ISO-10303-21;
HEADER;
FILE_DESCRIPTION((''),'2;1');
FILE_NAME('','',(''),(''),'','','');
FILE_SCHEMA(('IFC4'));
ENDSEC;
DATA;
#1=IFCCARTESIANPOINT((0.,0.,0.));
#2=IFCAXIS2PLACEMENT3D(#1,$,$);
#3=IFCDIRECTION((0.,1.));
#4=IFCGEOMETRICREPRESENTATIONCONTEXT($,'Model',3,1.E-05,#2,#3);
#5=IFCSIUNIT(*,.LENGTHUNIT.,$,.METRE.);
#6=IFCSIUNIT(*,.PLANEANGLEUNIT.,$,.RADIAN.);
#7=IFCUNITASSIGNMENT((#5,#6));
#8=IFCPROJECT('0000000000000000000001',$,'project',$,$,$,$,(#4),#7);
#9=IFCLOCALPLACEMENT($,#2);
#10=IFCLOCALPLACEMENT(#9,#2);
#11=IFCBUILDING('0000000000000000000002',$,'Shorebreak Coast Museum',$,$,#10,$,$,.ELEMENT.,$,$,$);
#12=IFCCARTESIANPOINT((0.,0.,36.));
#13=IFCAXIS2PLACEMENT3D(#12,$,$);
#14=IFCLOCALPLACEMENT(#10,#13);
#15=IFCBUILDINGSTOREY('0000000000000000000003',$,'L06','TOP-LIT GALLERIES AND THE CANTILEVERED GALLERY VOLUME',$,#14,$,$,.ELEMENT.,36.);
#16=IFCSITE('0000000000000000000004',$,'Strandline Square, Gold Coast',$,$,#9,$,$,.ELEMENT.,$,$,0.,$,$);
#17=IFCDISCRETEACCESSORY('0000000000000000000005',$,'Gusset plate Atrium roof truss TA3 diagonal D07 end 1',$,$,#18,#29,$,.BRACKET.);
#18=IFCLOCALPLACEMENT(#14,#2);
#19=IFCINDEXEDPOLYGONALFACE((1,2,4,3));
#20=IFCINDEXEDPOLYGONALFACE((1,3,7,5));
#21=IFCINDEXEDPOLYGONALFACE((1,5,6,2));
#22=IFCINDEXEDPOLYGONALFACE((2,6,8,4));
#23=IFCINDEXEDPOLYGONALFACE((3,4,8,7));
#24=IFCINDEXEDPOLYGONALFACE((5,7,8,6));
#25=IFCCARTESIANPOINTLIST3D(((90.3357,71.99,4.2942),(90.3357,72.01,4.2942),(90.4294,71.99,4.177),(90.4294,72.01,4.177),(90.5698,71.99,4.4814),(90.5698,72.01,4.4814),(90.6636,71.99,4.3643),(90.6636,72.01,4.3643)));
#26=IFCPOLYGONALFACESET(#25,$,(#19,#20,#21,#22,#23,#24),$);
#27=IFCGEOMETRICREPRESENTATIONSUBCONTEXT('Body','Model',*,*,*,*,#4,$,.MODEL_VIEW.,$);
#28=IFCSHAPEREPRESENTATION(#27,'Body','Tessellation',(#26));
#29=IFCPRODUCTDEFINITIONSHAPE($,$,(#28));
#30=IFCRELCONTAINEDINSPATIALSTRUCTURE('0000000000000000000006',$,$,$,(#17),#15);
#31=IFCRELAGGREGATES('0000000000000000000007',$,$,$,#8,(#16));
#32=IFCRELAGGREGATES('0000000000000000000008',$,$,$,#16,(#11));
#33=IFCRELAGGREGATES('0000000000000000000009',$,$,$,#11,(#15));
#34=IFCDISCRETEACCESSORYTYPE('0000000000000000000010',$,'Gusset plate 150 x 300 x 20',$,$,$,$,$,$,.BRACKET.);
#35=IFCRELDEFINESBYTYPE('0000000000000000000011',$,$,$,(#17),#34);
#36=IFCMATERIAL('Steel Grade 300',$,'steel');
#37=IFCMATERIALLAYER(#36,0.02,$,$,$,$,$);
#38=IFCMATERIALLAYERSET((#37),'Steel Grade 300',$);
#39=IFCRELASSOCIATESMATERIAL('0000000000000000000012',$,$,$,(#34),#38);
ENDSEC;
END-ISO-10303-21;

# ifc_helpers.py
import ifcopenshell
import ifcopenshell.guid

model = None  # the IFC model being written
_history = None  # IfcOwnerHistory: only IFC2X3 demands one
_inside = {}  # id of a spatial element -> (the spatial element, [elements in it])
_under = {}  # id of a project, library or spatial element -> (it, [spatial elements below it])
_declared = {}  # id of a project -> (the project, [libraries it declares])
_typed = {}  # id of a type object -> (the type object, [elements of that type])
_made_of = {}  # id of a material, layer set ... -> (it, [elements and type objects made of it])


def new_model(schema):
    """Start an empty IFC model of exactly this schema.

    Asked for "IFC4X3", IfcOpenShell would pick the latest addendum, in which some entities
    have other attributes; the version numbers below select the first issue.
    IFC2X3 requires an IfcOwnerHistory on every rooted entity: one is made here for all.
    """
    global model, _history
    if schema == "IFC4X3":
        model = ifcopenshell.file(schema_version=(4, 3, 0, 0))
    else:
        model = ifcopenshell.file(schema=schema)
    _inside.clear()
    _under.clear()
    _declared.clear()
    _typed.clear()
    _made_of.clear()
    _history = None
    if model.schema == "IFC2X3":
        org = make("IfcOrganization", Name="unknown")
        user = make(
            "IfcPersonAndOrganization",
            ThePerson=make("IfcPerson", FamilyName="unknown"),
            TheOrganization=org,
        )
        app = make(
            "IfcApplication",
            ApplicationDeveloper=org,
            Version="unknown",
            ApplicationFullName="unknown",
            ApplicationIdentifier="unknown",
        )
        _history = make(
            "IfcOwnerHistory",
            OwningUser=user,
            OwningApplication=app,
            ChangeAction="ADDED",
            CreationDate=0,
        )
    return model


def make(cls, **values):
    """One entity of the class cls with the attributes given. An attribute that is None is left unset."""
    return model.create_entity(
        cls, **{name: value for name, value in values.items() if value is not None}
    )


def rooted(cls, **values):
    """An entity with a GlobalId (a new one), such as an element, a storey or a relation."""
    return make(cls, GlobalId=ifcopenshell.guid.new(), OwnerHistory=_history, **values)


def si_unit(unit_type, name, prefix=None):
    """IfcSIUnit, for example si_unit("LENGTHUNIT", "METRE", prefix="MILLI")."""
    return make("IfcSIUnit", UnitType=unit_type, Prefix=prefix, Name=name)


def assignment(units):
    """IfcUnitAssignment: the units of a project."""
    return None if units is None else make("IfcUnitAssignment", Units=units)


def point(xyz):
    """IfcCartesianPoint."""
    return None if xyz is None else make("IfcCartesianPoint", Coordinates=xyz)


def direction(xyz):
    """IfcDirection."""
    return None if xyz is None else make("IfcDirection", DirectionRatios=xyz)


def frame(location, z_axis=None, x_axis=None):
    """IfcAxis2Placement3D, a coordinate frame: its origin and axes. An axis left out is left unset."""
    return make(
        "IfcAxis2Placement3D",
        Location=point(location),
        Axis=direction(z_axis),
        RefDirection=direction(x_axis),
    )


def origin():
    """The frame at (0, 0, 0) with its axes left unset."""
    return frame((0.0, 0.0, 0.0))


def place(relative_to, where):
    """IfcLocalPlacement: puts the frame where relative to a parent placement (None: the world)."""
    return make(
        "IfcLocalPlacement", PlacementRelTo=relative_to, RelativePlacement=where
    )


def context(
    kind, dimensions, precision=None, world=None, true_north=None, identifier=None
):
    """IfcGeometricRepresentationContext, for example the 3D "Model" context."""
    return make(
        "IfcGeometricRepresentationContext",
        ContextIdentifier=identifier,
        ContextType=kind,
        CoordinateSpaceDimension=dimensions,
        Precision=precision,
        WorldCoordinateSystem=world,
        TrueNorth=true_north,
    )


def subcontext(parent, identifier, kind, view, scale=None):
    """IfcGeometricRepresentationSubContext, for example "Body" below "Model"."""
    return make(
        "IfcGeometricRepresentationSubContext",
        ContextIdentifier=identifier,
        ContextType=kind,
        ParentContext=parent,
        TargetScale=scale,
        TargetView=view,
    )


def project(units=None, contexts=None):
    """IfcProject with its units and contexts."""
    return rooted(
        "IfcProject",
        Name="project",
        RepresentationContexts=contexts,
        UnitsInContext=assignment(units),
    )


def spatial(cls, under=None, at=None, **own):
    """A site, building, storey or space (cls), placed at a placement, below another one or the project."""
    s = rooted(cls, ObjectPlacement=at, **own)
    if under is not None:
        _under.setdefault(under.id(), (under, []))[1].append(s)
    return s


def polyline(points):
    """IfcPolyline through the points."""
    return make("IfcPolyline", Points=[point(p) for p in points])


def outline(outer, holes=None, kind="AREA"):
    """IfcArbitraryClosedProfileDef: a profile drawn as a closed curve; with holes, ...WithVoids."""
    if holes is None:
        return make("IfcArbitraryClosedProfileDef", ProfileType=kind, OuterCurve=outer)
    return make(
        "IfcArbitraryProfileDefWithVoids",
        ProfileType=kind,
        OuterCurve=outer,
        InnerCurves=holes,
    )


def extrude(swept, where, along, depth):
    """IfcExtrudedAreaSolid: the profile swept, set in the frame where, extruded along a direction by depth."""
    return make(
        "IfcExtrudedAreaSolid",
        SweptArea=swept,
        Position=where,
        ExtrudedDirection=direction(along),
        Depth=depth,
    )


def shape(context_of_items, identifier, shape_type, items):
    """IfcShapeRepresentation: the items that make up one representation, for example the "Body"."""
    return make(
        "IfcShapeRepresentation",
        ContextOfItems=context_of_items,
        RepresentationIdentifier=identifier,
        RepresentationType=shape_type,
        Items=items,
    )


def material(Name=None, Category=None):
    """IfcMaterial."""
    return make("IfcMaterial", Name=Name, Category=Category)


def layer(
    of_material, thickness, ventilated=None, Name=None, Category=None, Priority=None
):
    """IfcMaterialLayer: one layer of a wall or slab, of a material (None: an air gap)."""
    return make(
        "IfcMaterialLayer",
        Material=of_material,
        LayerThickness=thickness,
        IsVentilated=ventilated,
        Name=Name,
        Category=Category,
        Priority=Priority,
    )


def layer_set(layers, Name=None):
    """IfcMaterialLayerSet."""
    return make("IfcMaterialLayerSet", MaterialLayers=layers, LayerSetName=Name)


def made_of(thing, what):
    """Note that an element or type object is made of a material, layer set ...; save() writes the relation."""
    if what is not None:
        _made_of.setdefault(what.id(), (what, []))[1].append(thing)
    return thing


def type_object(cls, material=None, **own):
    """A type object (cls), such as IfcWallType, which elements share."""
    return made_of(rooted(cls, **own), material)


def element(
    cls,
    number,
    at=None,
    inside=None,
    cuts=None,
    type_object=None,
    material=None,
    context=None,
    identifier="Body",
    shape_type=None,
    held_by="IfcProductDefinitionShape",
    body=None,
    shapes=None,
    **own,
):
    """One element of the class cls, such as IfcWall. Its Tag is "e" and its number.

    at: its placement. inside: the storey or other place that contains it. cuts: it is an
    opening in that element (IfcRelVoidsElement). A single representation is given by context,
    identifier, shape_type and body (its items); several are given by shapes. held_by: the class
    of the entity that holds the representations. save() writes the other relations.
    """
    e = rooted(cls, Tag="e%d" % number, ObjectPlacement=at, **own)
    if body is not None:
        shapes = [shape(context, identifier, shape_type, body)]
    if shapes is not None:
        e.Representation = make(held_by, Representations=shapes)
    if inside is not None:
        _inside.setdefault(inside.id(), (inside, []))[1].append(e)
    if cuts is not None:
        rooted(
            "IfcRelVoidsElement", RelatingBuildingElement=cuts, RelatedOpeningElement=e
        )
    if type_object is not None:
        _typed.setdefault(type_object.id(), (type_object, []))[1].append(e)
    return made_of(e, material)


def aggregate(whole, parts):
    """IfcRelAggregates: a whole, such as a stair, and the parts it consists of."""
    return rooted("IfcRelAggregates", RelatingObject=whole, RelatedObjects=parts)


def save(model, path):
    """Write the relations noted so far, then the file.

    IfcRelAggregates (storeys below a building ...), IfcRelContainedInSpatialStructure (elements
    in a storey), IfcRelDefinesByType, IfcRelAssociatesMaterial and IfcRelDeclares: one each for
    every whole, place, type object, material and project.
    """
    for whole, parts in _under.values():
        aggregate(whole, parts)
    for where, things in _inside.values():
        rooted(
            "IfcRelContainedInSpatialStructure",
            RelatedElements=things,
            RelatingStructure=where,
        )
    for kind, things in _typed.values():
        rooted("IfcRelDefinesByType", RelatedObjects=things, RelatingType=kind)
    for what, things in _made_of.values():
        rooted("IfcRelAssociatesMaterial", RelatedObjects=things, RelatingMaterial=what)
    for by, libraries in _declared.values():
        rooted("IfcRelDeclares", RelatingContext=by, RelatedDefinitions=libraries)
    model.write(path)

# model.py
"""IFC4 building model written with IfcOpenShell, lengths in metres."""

from ifc_helpers import new_model, si_unit, direction, frame, origin, place, context, subcontext, project, spatial, polyline, outline, extrude, material, layer, layer_set, type_object, element, save


model = new_model("IFC4")

# Units and contexts
model_context = context("Model", 3, precision=1e-05, world=origin(), true_north=direction((0.0, 1.0)))
body_context = subcontext(model_context, "Body", "Model", "MODEL_VIEW")
ifc_project = project(units=[si_unit("LENGTHUNIT", "METRE"), si_unit("PLANEANGLEUNIT", "RADIAN")], contexts=[model_context])

# Site, building, storey
site_placement = place(None, origin())
site = spatial("IfcSite", under=ifc_project, at=site_placement, Name="Strandline Square, Gold Coast", CompositionType="ELEMENT", RefElevation=0.0)
building_placement = place(site_placement, origin())
building = spatial("IfcBuilding", under=site, at=building_placement, Name="Shorebreak Coast Museum", CompositionType="ELEMENT")
storey_placement = place(building_placement, frame((0.0, 0.0, 36.0)))
storey = spatial("IfcBuildingStorey", under=building, at=storey_placement, Name="L06", Description="TOP-LIT GALLERIES AND THE CANTILEVERED GALLERY VOLUME", CompositionType="ELEMENT", Elevation=36.0)

# Discrete accessory
ifc_material_1 = material(Name="Steel Grade 300", Category="steel")
ifc_layer_1 = layer(ifc_material_1, 0.02)
ifc_layer_set_1 = layer_set([ifc_layer_1], Name="Steel Grade 300")
discrete_accessory_type_1 = type_object("IfcDiscreteAccessoryType", Name="Gusset plate 150 x 300 x 20", PredefinedType="BRACKET", material=ifc_layer_set_1)
discrete_accessory_1_placement = place(storey_placement, frame((90.3357, 71.99, 4.2942), z_axis=(0.0, -1.0, 0.0), x_axis=(0.624695, 0.0, -0.780869)))
element("IfcDiscreteAccessory", 1, at=discrete_accessory_1_placement, inside=storey, type_object=discrete_accessory_type_1, Name="Gusset plate Atrium roof truss TA3 diagonal D07 end 1", PredefinedType="BRACKET", context=body_context, shape_type="SweptSolid", body=[
    extrude(outline(polyline([(0.0, 0.0), (0.1501, 0.0), (0.1501, 0.2998), (0.0, 0.2998), (0.0, 0.0)])), origin(), (0.0, 0.0, -1.0), 0.02),
])

save(model, "model.ifc")
